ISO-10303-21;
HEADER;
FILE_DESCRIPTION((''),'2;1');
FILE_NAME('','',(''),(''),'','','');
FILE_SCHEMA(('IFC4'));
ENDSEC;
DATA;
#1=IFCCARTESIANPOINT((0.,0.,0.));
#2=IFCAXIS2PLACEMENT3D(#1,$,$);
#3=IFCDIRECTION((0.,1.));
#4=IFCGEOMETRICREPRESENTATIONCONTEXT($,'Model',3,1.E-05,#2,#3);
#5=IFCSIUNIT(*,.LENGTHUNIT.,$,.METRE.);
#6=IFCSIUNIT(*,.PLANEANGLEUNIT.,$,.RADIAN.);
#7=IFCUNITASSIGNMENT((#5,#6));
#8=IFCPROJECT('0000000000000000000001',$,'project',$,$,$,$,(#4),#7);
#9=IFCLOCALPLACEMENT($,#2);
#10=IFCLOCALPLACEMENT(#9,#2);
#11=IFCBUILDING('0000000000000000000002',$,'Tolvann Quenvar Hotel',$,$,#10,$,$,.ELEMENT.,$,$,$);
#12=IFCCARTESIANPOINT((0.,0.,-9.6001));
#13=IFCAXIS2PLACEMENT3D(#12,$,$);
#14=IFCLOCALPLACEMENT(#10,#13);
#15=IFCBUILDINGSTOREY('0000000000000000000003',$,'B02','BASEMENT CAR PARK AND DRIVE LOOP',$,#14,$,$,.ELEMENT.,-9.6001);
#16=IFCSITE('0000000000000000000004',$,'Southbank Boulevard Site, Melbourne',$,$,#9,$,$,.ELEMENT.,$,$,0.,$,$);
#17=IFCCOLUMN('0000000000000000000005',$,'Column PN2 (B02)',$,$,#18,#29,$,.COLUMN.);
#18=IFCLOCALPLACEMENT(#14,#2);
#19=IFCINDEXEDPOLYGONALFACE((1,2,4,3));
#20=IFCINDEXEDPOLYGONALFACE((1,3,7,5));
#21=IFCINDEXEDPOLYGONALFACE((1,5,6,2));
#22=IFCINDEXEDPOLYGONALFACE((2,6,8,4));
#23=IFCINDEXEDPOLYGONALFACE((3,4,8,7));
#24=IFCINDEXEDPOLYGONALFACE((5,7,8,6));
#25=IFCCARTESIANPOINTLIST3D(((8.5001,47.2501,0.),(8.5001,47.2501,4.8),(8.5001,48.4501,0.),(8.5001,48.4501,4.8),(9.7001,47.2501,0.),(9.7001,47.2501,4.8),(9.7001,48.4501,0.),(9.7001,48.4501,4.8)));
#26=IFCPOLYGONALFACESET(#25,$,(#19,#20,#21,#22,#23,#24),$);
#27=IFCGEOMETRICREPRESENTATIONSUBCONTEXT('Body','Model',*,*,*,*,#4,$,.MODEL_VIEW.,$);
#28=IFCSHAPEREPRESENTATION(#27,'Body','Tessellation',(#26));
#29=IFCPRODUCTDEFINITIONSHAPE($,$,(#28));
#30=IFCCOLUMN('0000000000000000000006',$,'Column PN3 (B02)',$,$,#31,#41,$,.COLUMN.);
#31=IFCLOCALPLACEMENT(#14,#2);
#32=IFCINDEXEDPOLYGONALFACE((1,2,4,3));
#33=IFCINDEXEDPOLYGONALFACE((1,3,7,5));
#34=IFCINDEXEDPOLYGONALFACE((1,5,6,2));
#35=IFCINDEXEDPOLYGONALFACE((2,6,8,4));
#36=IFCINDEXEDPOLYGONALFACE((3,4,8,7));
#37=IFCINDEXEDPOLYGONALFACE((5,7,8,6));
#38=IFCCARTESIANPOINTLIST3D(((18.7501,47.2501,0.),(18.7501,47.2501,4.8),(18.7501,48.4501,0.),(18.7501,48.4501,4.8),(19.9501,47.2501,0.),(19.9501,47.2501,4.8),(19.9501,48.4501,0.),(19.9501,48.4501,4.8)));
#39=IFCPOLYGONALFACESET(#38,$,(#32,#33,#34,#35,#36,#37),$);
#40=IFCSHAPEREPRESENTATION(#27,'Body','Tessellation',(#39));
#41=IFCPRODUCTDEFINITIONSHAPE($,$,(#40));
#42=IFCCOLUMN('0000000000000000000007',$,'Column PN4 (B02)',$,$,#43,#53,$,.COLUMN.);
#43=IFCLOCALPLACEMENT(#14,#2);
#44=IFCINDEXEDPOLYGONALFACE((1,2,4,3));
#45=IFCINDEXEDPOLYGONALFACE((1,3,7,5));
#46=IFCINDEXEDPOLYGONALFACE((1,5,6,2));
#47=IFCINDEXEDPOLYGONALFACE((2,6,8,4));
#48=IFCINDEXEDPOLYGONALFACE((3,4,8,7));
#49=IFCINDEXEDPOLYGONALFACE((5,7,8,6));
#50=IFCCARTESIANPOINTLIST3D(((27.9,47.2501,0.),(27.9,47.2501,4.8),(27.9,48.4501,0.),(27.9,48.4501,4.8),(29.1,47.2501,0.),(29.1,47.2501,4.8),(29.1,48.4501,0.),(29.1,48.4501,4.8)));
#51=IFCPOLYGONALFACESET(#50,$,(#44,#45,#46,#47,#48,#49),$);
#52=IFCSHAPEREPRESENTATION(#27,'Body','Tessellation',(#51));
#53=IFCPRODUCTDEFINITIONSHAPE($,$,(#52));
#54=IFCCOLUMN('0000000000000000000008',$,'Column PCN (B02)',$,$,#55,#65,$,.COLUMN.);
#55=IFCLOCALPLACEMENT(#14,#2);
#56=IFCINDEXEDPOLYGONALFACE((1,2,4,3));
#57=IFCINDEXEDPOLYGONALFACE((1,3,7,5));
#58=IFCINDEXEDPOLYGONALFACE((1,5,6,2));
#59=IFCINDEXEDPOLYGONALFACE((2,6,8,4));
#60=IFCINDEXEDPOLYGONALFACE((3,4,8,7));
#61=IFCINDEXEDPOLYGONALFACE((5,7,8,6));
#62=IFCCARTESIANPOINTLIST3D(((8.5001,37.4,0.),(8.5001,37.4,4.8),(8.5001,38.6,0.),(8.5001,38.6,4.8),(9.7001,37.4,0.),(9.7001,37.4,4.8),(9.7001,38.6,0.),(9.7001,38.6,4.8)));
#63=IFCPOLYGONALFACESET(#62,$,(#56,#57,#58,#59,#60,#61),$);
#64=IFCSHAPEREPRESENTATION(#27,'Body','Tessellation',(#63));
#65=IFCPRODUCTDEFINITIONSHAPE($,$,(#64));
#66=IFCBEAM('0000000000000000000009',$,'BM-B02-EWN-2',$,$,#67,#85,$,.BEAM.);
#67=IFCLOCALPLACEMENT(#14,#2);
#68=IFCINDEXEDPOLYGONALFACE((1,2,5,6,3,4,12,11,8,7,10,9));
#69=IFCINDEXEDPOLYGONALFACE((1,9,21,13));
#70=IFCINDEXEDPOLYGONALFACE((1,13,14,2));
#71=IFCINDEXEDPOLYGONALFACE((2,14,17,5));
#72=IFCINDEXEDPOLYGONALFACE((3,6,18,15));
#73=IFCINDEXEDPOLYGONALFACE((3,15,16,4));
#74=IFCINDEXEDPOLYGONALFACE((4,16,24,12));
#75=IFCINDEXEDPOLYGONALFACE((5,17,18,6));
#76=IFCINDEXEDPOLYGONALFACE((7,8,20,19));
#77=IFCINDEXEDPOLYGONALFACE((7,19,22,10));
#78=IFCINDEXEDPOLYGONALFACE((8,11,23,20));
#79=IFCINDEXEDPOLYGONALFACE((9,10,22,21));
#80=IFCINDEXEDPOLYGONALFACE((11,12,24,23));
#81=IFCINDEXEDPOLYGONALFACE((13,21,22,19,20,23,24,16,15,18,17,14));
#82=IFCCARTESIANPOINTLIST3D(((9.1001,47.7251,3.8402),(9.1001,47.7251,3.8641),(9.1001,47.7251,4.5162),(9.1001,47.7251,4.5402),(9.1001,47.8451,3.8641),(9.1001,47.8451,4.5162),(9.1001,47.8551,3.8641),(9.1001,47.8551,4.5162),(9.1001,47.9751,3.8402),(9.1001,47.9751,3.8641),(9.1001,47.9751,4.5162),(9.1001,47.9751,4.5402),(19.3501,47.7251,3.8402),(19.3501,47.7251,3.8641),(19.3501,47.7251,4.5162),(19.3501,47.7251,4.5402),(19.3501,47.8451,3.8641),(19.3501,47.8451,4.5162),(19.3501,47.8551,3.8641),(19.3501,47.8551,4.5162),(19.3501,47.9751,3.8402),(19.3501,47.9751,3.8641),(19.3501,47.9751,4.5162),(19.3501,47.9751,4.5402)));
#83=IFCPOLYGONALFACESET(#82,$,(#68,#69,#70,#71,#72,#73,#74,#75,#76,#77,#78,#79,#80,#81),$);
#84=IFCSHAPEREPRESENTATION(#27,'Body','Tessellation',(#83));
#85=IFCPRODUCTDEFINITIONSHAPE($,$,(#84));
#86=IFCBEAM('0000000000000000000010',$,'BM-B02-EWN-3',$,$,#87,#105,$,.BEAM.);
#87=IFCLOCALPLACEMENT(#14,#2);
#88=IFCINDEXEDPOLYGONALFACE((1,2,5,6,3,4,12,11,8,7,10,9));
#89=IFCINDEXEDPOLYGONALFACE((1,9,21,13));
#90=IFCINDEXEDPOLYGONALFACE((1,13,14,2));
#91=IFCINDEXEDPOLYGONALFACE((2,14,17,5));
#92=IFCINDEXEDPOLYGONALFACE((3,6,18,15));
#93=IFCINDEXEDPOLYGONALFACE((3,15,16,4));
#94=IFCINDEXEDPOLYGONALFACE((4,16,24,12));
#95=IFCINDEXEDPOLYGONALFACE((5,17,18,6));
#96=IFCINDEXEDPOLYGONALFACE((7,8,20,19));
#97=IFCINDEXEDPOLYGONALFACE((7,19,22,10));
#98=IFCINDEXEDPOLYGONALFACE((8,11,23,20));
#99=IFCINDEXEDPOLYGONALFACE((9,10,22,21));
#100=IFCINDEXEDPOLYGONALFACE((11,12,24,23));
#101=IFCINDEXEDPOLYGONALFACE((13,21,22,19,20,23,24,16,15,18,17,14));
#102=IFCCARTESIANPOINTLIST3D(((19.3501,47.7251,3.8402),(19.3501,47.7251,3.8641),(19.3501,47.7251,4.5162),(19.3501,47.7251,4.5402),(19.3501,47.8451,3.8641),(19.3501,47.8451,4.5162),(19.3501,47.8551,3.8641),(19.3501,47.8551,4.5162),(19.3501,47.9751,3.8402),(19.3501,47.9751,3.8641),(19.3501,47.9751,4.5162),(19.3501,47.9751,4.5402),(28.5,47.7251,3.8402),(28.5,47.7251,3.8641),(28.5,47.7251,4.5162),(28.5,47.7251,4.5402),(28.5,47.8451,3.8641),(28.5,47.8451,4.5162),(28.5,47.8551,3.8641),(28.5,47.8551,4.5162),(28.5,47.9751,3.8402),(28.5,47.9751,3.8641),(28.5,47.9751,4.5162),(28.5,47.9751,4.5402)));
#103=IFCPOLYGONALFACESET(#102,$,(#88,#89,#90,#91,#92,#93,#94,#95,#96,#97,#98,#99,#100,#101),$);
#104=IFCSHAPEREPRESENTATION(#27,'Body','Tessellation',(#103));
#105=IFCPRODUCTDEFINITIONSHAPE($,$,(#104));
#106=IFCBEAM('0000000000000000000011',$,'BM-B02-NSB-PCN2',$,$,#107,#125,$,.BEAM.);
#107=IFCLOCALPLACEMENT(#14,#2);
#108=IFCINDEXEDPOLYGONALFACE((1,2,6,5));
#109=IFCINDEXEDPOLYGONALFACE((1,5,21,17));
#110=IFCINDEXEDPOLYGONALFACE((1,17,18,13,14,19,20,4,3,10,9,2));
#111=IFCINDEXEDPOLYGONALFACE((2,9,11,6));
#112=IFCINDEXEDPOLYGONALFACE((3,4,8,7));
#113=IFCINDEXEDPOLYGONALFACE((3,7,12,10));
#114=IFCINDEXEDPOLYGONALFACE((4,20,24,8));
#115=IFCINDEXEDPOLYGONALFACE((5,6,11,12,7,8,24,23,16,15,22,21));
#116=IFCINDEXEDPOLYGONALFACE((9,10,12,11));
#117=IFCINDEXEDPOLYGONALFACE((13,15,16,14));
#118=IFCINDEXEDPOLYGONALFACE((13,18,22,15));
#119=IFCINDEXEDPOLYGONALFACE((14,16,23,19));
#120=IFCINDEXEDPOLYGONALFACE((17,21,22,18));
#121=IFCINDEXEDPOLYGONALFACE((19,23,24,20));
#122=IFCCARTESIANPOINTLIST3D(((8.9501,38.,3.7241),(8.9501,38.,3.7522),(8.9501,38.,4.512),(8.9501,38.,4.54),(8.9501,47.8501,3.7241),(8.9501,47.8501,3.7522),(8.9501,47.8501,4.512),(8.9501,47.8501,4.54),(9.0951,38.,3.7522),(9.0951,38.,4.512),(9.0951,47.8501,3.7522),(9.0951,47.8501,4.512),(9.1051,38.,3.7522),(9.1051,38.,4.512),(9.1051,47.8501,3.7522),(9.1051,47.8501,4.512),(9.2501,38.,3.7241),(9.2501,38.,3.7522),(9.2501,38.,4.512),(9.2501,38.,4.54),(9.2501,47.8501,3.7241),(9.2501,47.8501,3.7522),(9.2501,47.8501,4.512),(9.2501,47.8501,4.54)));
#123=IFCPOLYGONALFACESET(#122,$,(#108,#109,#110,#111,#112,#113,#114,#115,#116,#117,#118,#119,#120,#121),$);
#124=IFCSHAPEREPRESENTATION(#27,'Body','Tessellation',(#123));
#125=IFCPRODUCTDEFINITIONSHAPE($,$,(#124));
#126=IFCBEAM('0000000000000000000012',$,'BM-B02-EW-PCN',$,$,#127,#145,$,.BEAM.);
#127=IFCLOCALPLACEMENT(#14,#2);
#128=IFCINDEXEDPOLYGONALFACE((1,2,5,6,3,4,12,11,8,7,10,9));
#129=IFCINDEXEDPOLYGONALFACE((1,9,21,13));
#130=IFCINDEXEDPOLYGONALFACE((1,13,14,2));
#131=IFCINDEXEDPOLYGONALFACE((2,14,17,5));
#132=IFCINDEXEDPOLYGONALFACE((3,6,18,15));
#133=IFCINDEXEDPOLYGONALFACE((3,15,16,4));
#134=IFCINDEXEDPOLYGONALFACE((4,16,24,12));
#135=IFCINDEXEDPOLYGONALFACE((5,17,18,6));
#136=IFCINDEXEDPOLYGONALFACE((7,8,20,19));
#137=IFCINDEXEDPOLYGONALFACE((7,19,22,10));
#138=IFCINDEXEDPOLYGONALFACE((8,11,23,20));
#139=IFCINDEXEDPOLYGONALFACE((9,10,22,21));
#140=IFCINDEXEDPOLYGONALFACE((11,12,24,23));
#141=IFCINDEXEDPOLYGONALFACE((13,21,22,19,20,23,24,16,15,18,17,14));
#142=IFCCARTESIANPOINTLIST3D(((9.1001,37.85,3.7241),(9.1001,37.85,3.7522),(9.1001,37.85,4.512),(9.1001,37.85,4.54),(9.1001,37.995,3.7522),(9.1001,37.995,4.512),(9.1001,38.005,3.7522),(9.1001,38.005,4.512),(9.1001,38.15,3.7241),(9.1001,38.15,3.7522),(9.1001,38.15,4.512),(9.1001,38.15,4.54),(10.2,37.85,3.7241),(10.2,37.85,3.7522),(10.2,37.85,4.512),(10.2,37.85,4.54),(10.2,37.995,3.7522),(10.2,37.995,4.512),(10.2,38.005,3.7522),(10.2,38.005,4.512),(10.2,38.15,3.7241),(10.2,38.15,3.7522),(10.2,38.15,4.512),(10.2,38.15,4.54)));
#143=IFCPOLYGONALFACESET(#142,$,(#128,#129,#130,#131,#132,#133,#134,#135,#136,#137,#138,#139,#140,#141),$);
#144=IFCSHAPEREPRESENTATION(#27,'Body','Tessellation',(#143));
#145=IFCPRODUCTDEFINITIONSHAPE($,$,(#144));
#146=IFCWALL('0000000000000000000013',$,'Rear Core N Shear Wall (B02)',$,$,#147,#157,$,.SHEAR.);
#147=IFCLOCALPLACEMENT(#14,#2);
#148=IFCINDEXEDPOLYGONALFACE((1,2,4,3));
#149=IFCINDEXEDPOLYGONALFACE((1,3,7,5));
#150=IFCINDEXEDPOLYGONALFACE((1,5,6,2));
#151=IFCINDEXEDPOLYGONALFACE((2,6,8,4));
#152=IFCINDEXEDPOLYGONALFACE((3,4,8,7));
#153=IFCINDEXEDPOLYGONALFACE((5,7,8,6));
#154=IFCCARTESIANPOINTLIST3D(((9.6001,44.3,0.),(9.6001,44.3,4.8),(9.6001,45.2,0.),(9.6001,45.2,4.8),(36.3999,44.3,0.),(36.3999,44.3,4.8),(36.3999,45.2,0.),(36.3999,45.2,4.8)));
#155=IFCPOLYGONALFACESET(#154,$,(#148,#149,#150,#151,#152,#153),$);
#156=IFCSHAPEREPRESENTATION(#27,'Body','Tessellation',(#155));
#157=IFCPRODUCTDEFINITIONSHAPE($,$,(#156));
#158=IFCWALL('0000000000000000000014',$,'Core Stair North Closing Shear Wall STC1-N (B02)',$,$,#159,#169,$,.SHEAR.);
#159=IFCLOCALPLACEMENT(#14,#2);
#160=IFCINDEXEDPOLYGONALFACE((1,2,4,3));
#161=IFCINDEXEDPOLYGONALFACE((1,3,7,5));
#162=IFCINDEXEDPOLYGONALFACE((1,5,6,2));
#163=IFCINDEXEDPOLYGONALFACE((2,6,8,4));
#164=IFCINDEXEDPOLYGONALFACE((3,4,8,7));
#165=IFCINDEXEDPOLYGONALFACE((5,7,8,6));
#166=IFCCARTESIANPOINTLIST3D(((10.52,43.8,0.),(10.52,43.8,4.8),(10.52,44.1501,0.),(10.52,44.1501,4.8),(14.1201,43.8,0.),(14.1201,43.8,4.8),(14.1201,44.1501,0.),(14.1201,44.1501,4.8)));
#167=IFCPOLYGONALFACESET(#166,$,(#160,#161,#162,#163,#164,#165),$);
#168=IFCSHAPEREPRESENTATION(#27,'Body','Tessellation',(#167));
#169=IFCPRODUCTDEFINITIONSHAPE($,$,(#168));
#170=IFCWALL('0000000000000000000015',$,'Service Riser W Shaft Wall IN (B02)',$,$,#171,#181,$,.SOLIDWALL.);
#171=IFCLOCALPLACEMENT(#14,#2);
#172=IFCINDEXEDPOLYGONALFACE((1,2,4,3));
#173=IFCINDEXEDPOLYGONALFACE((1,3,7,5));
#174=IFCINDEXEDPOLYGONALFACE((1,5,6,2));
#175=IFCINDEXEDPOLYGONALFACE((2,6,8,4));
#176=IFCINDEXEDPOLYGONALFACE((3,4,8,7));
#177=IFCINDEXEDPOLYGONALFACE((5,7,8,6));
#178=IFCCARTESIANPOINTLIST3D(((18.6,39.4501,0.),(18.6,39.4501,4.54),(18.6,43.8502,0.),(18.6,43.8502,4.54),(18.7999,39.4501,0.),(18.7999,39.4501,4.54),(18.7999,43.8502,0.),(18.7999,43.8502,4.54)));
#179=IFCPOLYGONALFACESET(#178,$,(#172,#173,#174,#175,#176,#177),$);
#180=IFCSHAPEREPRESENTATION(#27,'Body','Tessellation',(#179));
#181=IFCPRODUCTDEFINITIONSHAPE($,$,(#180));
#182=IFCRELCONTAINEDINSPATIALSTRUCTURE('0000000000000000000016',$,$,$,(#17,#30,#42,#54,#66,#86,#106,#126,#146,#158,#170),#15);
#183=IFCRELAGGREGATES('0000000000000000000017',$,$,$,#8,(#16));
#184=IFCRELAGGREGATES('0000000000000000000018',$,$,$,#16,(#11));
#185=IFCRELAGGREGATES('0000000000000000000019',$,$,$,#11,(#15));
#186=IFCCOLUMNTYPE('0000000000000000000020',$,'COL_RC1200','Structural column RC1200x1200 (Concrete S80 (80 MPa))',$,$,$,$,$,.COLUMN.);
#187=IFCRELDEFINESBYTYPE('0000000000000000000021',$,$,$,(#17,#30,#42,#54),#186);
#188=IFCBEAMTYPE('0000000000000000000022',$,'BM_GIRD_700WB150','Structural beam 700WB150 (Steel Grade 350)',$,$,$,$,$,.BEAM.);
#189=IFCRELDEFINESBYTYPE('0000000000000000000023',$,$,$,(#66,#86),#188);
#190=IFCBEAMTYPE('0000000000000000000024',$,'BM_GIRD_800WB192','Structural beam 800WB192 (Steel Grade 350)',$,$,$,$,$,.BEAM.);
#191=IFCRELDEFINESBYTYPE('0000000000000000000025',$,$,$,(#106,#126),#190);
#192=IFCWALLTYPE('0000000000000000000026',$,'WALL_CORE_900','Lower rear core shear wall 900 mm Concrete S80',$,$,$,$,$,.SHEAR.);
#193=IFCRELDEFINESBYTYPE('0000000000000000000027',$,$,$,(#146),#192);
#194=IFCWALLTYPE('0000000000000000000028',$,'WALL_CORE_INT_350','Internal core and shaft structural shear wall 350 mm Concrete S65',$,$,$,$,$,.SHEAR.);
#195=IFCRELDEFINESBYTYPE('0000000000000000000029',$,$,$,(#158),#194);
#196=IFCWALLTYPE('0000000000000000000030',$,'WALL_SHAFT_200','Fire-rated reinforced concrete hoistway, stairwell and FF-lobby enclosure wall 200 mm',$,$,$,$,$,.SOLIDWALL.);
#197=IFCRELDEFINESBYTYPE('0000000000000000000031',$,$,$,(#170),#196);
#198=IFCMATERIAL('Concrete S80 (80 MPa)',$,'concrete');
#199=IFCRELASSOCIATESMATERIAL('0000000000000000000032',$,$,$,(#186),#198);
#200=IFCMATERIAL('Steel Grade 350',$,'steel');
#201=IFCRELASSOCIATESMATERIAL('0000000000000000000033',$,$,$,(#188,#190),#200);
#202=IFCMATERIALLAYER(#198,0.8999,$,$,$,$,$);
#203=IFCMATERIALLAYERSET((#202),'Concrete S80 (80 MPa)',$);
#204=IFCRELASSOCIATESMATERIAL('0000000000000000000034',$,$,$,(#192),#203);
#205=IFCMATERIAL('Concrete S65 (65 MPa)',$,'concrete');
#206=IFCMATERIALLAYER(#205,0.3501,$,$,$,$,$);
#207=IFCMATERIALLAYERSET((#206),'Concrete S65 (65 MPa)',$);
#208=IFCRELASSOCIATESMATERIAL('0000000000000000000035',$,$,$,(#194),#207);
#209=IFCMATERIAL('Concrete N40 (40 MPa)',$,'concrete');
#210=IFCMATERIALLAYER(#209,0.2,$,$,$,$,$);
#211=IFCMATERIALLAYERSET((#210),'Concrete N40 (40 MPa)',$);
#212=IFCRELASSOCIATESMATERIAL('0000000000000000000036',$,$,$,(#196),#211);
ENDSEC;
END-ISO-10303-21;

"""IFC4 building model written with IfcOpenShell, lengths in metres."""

from ifc_helpers import new_model, si_unit, direction, frame, frame_2d, origin, origin_2d, place, context, subcontext, project, spatial, rectangle, i_section, extrude, source, transform, mapped, material, layer, layer_set, material_profile, profile_set, type_object, type_shapes, element, save


model = new_model("IFC4")

# Units and contexts
model_context = context("Model", 3, precision=1e-05, world=origin(), true_north=direction((0.0, 1.0)))
body_context = subcontext(model_context, "Body", "Model", "MODEL_VIEW")
ifc_project = project(units=[si_unit("LENGTHUNIT", "METRE"), si_unit("PLANEANGLEUNIT", "RADIAN")], contexts=[model_context])

# Site, building, storey
site_placement = place(None, origin())
site = spatial("IfcSite", under=ifc_project, at=site_placement, Name="Southbank Boulevard Site, Melbourne", CompositionType="ELEMENT", RefElevation=0.0)
building_placement = place(site_placement, origin())
building = spatial("IfcBuilding", under=site, at=building_placement, Name="Tolvann Quenvar Hotel", CompositionType="ELEMENT")
storey_placement = place(building_placement, frame((0.0, 0.0, -9.6001)))
storey = spatial("IfcBuildingStorey", under=building, at=storey_placement, Name="B02", Description="BASEMENT CAR PARK AND DRIVE LOOP", CompositionType="ELEMENT", Elevation=-9.6001)

# Columns
ifc_material_1 = material(Name="Concrete S80 (80 MPa)", Category="concrete")
ifc_material_profile_1 = material_profile(ifc_material_1, rectangle(XDim=1.2, YDim=1.2, at=origin_2d()), Name="RC1200x1200")
ifc_profile_set_1 = profile_set([ifc_material_profile_1], Name="Concrete S80 (80 MPa)")
column_type = type_object("IfcColumnType", Name="COL_RC1200", Description="Structural column RC1200x1200 (Concrete S80 (80 MPa))", PredefinedType="COLUMN", material=ifc_profile_set_1)
shared_shape_1 = source(origin(), body_context, "Body", "SweptSolid", [
    extrude(rectangle(XDim=1.2, YDim=1.2, at=origin_2d()), origin(), (0.0, 0.0, 1.0), 4.8),
])
type_shapes(column_type, [shared_shape_1])
for number, where, z_axis, x_axis, name in (
    (1, (9.1001, 47.8501, 0.0), (0.0, 0.0, 1.0), (1.0, 0.0, 0.0), "Column PN2 (B02)"),
    (2, (19.3501, 47.8501, 0.0), (0.0, 0.0, 1.0), (1.0, 0.0, 0.0), "Column PN3 (B02)"),
    (3, (28.5, 47.8501, 0.0), (0.0, 0.0, 1.0), (1.0, 0.0, 0.0), "Column PN4 (B02)"),
    (4, (9.1001, 38.0, 0.0), (0.0, 0.0, 1.0), (1.0, 0.0, 0.0), "Column PCN (B02)"),
):
    element("IfcColumn", number, at=place(storey_placement, frame(where, z_axis=z_axis, x_axis=x_axis)), inside=storey, type_object=column_type, Name=name, PredefinedType="COLUMN", context=body_context, shape_type="MappedRepresentation", body=[
        mapped(shared_shape_1, transform((0.0, 0.0, 0.0), x_axis=(1.0, 0.0, 0.0), y_axis=(0.0, 1.0, 0.0), z_axis=(0.0, 0.0, 1.0), scale=1.0)),
    ])

# Beams
ifc_material_2 = material(Name="Steel Grade 350", Category="steel")
ifc_material_profile_2 = material_profile(ifc_material_2, i_section(OverallWidth=0.25, OverallDepth=0.7, WebThickness=0.01, FlangeThickness=0.0239, at=origin_2d()), Name="700WB150")
ifc_profile_set_2 = profile_set([ifc_material_profile_2], Name="Steel Grade 350")
beam_type_1 = type_object("IfcBeamType", Name="BM_GIRD_700WB150", Description="Structural beam 700WB150 (Steel Grade 350)", PredefinedType="BEAM", material=ifc_profile_set_2)
shared_shape_2 = source(origin(), body_context, "Body", "SweptSolid", [
    extrude(i_section(OverallWidth=0.25, OverallDepth=0.7, WebThickness=0.01, FlangeThickness=0.0239, at=origin_2d()), origin(), (0.0, 0.0, 1.0), 10.25),
])
beam_1_placement = place(storey_placement, frame((9.1001, 47.8501, 4.1902), z_axis=(1.0, 0.0, 0.0), x_axis=(0.0, 1.0, 0.0)))
element("IfcBeam", 5, at=beam_1_placement, inside=storey, type_object=beam_type_1, Name="BM-B02-EWN-2", PredefinedType="BEAM", context=body_context, shape_type="MappedRepresentation", body=[
    mapped(shared_shape_2, transform((0.0, 0.0, 0.0), x_axis=(1.0, 0.0, 0.0), y_axis=(0.0, 1.0, 0.0), z_axis=(0.0, 0.0, 1.0), scale=1.0)),
])
shared_shape_3 = source(origin(), body_context, "Body", "SweptSolid", [
    extrude(i_section(OverallWidth=0.25, OverallDepth=0.7, WebThickness=0.01, FlangeThickness=0.0239, at=origin_2d()), origin(), (0.0, 0.0, 1.0), 9.1499),
])
type_shapes(beam_type_1, [shared_shape_2, shared_shape_3])
beam_2_placement = place(storey_placement, frame((19.3501, 47.8501, 4.1902), z_axis=(1.0, 0.0, 0.0), x_axis=(0.0, 1.0, 0.0)))
element("IfcBeam", 6, at=beam_2_placement, inside=storey, type_object=beam_type_1, Name="BM-B02-EWN-3", PredefinedType="BEAM", context=body_context, shape_type="MappedRepresentation", body=[
    mapped(shared_shape_3, transform((0.0, 0.0, 0.0), x_axis=(1.0, 0.0, 0.0), y_axis=(0.0, 1.0, 0.0), z_axis=(0.0, 0.0, 1.0), scale=1.0)),
])
ifc_material_profile_3 = material_profile(ifc_material_2, i_section(OverallWidth=0.3, OverallDepth=0.8159, WebThickness=0.01, FlangeThickness=0.0281, at=origin_2d()), Name="800WB192")
ifc_profile_set_3 = profile_set([ifc_material_profile_3], Name="Steel Grade 350")
beam_type_2 = type_object("IfcBeamType", Name="BM_GIRD_800WB192", Description="Structural beam 800WB192 (Steel Grade 350)", PredefinedType="BEAM", material=ifc_profile_set_3)
shared_shape_4 = source(origin(), body_context, "Body", "SweptSolid", [
    extrude(i_section(OverallWidth=0.3, OverallDepth=0.8159, WebThickness=0.01, FlangeThickness=0.0281, at=origin_2d()), origin(), (0.0, 0.0, 1.0), 9.8501),
])
beam_3_placement = place(storey_placement, frame((9.1001, 38.0, 4.1321), z_axis=(0.0, 1.0, 0.0), x_axis=(-1.0, 0.0, 0.0)))
element("IfcBeam", 7, at=beam_3_placement, inside=storey, type_object=beam_type_2, Name="BM-B02-NSB-PCN2", PredefinedType="BEAM", context=body_context, shape_type="MappedRepresentation", body=[
    mapped(shared_shape_4, transform((0.0, 0.0, 0.0), x_axis=(1.0, 0.0, 0.0), y_axis=(0.0, 1.0, 0.0), z_axis=(0.0, 0.0, 1.0), scale=1.0)),
])
shared_shape_5 = source(origin(), body_context, "Body", "SweptSolid", [
    extrude(i_section(OverallWidth=0.3, OverallDepth=0.8159, WebThickness=0.01, FlangeThickness=0.0281, at=origin_2d()), origin(), (0.0, 0.0, 1.0), 1.0999),
])
type_shapes(beam_type_2, [shared_shape_4, shared_shape_5])
beam_4_placement = place(storey_placement, frame((9.1001, 38.0, 4.1321), z_axis=(1.0, 0.0, 0.0), x_axis=(0.0, 1.0, 0.0)))
element("IfcBeam", 8, at=beam_4_placement, inside=storey, type_object=beam_type_2, Name="BM-B02-EW-PCN", PredefinedType="BEAM", context=body_context, shape_type="MappedRepresentation", body=[
    mapped(shared_shape_5, transform((0.0, 0.0, 0.0), x_axis=(1.0, 0.0, 0.0), y_axis=(0.0, 1.0, 0.0), z_axis=(0.0, 0.0, 1.0), scale=1.0)),
])

# Walls
ifc_layer_1 = layer(ifc_material_1, 0.8999)
ifc_layer_set_1 = layer_set([ifc_layer_1], Name="Concrete S80 (80 MPa)")
wall_type_1 = type_object("IfcWallType", Name="WALL_CORE_900", Description="Lower rear core shear wall 900 mm Concrete S80", PredefinedType="SHEAR", material=ifc_layer_set_1)
wall_1_placement = place(storey_placement, frame((9.6001, 44.75, 0.0), z_axis=(0.0, 0.0, 1.0), x_axis=(1.0, 0.0, 0.0)))
element("IfcWall", 9, at=wall_1_placement, inside=storey, type_object=wall_type_1, Name="Rear Core N Shear Wall (B02)", PredefinedType="SHEAR", context=body_context, shape_type="SweptSolid", body=[
    extrude(rectangle(XDim=26.7998, YDim=0.8999, at=frame_2d((13.3999, 0.0))), origin(), (0.0, 0.0, 1.0), 4.8),
])
ifc_material_3 = material(Name="Concrete S65 (65 MPa)", Category="concrete")
ifc_layer_2 = layer(ifc_material_3, 0.3501)
ifc_layer_set_2 = layer_set([ifc_layer_2], Name="Concrete S65 (65 MPa)")
wall_type_2 = type_object("IfcWallType", Name="WALL_CORE_INT_350", Description="Internal core and shaft structural shear wall 350 mm Concrete S65", PredefinedType="SHEAR", material=ifc_layer_set_2)
wall_2_placement = place(storey_placement, frame((10.52, 43.9751, 0.0), z_axis=(0.0, 0.0, 1.0), x_axis=(1.0, 0.0, 0.0)))
element("IfcWall", 10, at=wall_2_placement, inside=storey, type_object=wall_type_2, Name="Core Stair North Closing Shear Wall STC1-N (B02)", PredefinedType="SHEAR", context=body_context, shape_type="SweptSolid", body=[
    extrude(rectangle(XDim=3.6001, YDim=0.3501, at=frame_2d((1.8, 0.0))), origin(), (0.0, 0.0, 1.0), 4.8),
])
ifc_material_4 = material(Name="Concrete N40 (40 MPa)", Category="concrete")
ifc_layer_3 = layer(ifc_material_4, 0.2)
ifc_layer_set_3 = layer_set([ifc_layer_3], Name="Concrete N40 (40 MPa)")
wall_type_3 = type_object("IfcWallType", Name="WALL_SHAFT_200", Description="Fire-rated reinforced concrete hoistway, stairwell and FF-lobby enclosure wall 200 mm", PredefinedType="SOLIDWALL", material=ifc_layer_set_3)
wall_3_placement = place(storey_placement, frame((18.7, 39.45, 0.0), z_axis=(0.0, 0.0, 1.0), x_axis=(0.0, 1.0, 0.0)))
element("IfcWall", 11, at=wall_3_placement, inside=storey, type_object=wall_type_3, Name="Service Riser W Shaft Wall IN (B02)", PredefinedType="SOLIDWALL", context=body_context, shape_type="SweptSolid", body=[
    extrude(rectangle(XDim=4.4001, YDim=0.2, at=frame_2d((2.2002, 0.0))), origin(), (0.0, 0.0, 1.0), 4.54),
])

save(model, "model.ifc")
